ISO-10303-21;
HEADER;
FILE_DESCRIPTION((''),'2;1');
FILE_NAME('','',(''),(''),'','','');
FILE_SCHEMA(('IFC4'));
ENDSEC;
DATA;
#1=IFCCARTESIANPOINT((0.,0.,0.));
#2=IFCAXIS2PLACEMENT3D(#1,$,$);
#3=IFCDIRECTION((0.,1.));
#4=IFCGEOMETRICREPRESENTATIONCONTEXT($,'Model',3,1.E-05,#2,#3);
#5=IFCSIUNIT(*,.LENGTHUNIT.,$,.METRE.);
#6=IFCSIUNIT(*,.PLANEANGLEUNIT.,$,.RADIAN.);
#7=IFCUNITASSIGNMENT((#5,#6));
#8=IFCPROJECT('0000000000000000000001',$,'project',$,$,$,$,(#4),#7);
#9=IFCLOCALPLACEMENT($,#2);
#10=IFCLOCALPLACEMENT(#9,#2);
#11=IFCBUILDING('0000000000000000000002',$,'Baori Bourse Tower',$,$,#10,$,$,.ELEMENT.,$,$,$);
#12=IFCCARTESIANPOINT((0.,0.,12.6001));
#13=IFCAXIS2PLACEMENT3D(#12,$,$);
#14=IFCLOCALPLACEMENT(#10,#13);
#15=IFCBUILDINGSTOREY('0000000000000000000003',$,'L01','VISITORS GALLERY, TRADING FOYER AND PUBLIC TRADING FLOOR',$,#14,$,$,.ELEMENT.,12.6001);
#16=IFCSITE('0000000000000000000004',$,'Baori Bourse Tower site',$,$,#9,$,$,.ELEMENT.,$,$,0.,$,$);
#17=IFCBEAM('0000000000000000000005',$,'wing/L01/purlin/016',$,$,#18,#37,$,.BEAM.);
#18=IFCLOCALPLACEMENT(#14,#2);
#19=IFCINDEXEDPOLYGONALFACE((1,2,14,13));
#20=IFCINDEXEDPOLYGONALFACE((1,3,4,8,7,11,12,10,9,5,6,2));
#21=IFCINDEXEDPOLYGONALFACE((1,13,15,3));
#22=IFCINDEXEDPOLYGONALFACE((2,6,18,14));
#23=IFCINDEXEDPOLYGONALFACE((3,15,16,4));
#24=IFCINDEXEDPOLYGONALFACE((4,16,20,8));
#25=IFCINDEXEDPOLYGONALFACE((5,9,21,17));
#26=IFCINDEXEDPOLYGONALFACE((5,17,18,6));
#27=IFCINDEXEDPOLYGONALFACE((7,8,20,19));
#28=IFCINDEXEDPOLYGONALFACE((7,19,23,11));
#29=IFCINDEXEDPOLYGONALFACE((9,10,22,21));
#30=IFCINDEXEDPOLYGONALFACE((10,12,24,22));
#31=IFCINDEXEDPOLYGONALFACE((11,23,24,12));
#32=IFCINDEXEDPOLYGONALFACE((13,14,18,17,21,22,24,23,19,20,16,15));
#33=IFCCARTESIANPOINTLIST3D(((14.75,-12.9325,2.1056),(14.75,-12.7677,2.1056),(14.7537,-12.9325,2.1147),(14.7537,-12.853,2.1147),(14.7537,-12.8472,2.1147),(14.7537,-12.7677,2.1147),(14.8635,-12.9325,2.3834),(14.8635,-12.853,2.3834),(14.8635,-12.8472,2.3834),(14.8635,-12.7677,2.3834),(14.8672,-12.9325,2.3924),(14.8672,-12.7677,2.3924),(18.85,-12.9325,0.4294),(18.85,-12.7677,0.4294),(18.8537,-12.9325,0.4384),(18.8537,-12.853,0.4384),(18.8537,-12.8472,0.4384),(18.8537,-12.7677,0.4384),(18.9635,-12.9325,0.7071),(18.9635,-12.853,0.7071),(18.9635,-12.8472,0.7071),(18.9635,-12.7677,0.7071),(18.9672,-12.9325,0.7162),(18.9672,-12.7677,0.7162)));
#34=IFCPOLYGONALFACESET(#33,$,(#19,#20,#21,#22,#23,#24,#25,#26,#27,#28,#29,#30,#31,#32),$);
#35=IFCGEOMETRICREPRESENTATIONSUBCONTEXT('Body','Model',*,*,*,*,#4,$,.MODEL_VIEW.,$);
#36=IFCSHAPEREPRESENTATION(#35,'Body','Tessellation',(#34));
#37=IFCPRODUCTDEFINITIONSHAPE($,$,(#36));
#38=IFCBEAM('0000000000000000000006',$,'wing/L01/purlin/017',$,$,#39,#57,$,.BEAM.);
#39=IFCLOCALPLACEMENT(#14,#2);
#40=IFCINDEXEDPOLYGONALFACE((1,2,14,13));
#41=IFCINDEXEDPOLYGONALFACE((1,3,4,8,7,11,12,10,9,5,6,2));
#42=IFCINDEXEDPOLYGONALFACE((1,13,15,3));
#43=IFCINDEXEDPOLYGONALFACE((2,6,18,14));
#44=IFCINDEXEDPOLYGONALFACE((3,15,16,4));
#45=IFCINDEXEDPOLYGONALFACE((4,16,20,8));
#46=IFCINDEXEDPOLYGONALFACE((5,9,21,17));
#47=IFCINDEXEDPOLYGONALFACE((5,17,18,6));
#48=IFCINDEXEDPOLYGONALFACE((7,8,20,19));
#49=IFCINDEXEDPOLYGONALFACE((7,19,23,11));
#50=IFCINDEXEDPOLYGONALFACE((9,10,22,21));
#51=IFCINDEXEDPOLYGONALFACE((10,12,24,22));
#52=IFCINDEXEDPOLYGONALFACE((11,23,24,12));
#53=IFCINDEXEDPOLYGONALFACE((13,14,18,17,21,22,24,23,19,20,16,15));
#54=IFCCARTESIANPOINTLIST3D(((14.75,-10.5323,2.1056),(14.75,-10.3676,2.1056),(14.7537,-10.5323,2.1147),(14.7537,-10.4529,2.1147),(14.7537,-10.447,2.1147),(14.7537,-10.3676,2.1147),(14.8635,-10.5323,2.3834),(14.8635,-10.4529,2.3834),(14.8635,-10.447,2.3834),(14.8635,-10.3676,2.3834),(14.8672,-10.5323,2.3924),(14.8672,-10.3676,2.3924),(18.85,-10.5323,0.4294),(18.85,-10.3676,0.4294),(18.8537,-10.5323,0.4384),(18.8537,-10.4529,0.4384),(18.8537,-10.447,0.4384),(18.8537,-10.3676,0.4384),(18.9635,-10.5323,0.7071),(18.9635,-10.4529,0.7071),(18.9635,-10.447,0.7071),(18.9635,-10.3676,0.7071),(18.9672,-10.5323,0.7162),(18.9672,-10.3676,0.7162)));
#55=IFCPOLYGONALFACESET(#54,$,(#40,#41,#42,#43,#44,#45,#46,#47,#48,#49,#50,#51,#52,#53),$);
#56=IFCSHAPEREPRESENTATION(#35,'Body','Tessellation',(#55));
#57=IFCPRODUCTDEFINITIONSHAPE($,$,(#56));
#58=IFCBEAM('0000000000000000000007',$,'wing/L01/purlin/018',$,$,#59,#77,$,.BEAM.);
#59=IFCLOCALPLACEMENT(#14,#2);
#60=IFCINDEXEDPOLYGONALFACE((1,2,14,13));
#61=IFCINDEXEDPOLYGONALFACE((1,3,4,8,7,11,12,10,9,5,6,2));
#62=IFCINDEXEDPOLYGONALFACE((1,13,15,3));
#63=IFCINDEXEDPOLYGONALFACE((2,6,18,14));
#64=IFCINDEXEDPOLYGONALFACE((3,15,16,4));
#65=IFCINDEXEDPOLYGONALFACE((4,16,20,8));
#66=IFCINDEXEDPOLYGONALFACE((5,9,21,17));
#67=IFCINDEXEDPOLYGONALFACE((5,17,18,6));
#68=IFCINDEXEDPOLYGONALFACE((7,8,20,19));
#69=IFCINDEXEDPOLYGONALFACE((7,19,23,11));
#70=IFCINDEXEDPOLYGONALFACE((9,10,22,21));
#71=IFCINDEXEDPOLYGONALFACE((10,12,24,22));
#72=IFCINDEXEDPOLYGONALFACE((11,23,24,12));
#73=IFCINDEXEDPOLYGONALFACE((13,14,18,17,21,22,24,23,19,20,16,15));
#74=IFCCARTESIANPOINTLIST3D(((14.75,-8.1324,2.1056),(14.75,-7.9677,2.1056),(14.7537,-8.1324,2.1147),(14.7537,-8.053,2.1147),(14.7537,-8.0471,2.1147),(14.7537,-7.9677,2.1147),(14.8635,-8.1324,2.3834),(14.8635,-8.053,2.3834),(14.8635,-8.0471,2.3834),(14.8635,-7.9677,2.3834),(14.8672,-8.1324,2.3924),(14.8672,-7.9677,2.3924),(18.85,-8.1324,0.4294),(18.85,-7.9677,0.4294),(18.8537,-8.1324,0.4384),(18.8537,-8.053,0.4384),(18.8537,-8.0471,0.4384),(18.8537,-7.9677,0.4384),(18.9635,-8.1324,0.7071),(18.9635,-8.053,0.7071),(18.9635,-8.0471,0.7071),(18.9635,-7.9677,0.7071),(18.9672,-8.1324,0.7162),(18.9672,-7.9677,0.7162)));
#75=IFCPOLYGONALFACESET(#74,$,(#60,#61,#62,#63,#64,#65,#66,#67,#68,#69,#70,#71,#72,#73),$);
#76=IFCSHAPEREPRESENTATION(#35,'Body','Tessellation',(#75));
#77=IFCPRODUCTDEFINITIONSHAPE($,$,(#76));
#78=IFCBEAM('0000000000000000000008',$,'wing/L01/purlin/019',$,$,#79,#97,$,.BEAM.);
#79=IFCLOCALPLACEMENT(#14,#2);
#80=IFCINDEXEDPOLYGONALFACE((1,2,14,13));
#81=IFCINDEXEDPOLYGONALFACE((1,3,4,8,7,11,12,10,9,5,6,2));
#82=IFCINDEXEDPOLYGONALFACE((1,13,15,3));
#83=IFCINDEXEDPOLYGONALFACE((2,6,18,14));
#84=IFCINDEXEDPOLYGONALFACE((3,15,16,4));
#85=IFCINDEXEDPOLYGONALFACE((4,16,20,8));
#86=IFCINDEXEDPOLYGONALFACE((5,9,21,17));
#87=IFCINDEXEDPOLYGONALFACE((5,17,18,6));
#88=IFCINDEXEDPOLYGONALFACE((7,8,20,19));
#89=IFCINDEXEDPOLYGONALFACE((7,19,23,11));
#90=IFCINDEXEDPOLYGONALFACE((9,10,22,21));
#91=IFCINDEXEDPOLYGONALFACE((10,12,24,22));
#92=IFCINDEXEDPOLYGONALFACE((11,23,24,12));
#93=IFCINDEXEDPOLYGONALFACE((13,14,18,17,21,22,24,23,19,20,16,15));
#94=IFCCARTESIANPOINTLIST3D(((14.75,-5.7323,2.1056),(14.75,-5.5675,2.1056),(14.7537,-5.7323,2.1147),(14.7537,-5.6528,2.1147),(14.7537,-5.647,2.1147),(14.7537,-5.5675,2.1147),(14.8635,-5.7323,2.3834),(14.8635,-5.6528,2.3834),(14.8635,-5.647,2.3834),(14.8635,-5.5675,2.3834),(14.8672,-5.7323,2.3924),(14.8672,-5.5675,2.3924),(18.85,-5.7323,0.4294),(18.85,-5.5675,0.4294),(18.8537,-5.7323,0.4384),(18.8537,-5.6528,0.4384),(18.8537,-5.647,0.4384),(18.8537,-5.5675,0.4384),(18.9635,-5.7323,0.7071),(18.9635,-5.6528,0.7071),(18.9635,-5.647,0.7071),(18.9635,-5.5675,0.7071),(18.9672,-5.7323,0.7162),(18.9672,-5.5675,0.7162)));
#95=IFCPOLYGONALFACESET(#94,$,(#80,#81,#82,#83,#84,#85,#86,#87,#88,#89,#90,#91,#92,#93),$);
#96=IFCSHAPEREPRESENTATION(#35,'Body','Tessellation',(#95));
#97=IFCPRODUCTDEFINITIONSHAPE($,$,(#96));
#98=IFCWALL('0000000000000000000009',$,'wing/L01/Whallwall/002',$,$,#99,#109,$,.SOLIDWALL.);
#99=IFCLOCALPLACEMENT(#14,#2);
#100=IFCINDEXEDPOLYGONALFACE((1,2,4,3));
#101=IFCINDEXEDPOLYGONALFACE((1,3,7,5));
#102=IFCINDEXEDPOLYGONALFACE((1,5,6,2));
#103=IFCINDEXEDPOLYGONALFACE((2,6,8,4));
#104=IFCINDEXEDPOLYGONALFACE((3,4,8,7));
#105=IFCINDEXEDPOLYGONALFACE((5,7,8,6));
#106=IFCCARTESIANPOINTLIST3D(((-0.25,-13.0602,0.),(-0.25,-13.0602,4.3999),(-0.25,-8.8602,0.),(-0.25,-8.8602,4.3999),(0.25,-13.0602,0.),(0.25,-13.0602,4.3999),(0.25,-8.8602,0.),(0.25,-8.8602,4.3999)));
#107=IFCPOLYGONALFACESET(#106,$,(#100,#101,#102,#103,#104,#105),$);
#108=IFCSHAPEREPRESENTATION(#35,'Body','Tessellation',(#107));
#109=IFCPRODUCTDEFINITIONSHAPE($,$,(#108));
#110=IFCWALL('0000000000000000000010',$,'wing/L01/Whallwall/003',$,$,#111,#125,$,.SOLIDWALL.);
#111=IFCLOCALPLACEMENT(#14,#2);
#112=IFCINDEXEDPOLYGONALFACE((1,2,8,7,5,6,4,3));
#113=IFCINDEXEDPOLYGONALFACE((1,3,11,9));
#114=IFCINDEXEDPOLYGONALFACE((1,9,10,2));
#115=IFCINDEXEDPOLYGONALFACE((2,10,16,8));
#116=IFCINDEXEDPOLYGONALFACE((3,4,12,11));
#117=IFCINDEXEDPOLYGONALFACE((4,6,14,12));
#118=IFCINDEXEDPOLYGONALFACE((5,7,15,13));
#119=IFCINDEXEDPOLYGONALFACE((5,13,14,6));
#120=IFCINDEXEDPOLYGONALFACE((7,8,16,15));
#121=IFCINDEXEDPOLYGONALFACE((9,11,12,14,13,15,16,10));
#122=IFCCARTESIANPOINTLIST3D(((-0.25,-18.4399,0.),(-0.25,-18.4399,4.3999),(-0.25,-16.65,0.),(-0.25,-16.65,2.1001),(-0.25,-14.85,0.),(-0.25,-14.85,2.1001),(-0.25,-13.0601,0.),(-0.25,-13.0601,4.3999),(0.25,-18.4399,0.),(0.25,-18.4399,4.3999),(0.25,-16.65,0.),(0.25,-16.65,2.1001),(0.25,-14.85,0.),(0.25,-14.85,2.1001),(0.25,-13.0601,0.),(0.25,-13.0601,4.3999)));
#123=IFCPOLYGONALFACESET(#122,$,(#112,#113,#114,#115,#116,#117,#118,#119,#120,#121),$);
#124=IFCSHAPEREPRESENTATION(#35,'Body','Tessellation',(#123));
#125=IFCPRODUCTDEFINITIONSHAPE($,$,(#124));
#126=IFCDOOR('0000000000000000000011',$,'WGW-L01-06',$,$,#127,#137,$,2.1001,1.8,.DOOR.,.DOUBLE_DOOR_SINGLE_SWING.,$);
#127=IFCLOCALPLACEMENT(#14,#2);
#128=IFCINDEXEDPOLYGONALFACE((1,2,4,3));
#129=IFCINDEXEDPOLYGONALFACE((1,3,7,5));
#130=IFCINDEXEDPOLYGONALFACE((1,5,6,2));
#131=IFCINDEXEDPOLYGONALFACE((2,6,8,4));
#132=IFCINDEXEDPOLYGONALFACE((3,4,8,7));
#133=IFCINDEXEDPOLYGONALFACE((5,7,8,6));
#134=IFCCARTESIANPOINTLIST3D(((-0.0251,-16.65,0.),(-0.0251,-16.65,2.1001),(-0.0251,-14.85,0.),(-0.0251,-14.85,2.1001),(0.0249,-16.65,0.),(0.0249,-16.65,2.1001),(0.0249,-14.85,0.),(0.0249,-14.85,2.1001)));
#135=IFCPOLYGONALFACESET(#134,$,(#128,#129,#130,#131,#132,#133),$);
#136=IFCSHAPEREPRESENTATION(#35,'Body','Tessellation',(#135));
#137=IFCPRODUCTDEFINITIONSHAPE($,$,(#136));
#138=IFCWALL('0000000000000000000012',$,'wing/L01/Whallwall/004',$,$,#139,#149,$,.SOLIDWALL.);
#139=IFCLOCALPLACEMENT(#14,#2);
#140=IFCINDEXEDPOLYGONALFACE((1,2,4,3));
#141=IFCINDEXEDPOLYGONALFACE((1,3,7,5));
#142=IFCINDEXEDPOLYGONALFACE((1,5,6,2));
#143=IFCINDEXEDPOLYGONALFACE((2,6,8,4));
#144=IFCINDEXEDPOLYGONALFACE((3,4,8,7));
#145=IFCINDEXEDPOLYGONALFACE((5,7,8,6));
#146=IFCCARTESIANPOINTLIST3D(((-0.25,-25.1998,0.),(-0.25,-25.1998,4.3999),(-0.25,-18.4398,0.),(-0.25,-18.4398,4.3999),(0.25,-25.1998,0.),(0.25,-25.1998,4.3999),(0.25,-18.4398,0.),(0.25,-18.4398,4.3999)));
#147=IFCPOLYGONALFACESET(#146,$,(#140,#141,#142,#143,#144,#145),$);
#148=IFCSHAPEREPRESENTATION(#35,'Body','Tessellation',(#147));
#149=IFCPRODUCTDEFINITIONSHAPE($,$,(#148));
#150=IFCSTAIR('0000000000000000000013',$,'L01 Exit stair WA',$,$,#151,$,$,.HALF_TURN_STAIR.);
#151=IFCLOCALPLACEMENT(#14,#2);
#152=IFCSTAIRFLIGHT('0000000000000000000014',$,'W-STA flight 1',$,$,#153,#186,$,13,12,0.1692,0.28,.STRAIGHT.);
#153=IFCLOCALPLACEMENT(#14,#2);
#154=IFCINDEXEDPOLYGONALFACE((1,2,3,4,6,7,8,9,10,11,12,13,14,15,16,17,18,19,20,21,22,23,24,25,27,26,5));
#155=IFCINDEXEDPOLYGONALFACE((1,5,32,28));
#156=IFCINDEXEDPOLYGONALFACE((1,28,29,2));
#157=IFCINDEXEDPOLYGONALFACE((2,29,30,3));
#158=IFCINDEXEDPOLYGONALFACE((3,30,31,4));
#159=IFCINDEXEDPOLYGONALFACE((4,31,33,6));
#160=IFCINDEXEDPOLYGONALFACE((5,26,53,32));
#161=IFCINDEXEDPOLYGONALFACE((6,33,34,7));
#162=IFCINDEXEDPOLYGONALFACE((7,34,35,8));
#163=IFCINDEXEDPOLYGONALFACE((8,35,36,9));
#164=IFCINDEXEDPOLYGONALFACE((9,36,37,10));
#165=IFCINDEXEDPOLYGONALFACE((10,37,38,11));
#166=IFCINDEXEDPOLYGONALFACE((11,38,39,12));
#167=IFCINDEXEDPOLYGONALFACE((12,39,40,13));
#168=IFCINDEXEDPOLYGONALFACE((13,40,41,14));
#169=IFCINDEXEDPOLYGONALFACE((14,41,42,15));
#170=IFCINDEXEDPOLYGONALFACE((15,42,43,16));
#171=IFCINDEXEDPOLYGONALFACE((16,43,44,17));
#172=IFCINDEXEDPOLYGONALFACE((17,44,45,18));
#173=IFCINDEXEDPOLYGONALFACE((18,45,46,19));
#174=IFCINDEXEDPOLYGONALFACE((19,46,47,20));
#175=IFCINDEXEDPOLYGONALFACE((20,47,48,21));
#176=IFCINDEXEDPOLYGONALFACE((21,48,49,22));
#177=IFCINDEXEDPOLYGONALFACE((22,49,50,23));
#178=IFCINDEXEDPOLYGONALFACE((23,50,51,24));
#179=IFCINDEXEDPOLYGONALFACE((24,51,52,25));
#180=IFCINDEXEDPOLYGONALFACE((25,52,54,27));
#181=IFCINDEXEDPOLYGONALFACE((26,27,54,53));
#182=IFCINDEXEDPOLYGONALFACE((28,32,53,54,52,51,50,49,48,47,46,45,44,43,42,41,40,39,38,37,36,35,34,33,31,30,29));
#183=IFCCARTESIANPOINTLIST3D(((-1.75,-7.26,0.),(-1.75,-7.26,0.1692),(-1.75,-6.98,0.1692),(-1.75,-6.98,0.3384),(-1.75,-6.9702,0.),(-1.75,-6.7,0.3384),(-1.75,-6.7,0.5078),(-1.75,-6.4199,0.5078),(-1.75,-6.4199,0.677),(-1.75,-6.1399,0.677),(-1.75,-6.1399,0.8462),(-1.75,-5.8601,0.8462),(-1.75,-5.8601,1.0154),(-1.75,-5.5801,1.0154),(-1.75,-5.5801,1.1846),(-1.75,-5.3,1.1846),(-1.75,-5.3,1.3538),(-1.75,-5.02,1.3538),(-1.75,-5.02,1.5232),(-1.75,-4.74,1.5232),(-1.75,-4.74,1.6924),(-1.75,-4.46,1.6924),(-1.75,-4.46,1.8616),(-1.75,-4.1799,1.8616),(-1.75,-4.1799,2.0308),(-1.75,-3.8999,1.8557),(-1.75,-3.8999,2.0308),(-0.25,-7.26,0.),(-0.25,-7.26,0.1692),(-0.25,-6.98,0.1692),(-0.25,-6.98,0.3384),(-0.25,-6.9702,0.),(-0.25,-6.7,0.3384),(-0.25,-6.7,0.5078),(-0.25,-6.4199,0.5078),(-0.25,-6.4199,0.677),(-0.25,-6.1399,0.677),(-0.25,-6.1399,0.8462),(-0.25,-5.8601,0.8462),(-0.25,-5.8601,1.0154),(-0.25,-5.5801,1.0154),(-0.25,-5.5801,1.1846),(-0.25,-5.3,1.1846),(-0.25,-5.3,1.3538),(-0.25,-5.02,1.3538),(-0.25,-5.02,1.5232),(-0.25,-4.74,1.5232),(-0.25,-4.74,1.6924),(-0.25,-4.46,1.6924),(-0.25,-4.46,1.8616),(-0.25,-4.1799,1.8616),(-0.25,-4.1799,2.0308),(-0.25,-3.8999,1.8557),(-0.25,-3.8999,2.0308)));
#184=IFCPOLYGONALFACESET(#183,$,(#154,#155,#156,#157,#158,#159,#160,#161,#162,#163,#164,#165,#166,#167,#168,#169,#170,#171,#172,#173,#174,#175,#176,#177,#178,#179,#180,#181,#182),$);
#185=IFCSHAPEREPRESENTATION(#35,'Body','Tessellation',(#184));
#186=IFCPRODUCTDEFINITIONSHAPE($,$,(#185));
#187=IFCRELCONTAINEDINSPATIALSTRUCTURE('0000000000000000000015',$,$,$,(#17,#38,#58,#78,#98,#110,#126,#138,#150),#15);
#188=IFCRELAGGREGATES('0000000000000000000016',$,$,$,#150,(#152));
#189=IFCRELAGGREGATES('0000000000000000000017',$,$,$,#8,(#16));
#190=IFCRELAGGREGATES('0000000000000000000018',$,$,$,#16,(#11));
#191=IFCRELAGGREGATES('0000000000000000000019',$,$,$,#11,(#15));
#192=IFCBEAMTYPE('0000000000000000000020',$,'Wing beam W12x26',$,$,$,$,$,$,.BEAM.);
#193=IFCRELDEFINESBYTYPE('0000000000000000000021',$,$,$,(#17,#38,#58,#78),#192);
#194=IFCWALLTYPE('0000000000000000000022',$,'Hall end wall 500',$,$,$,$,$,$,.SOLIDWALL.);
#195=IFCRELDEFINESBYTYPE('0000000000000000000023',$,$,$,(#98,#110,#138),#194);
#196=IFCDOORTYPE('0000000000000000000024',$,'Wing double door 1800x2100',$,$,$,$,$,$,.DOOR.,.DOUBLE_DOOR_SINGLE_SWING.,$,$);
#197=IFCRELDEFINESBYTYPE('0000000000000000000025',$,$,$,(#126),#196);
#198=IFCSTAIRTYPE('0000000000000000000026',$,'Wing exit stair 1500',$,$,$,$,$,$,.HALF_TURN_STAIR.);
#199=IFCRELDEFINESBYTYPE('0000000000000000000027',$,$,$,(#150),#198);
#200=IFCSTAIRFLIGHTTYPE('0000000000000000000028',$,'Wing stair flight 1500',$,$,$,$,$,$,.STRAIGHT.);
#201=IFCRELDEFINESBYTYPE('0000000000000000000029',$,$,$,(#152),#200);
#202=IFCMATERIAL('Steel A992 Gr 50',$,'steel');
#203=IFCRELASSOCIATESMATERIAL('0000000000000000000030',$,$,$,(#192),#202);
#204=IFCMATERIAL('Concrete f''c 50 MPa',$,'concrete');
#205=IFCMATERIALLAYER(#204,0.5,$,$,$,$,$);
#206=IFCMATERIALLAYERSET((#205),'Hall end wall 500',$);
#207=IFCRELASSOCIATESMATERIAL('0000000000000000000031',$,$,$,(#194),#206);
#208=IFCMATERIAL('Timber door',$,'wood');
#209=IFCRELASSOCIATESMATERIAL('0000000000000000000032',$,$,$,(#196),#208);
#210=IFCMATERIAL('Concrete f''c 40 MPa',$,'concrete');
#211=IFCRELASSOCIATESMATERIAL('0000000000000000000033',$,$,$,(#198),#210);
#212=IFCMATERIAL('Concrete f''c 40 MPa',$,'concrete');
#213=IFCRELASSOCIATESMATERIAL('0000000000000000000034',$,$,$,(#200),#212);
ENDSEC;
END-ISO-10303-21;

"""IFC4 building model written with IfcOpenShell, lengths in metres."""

from ifc_helpers import new_model, si_unit, direction, frame, frame_2d, origin, origin_2d, place, context, subcontext, project, spatial, polyline, rectangle, i_section, outline, extrude, material, layer, layer_set, material_profile, profile_set, type_object, element, fill, aggregate, save


model = new_model("IFC4")

# Units and contexts
model_context = context("Model", 3, precision=1e-05, world=origin(), true_north=direction((0.0, 1.0)))
body_context = subcontext(model_context, "Body", "Model", "MODEL_VIEW")
ifc_project = project(units=[si_unit("LENGTHUNIT", "METRE"), si_unit("PLANEANGLEUNIT", "RADIAN")], contexts=[model_context])

# Site, building, storey
site_placement = place(None, origin())
site = spatial("IfcSite", under=ifc_project, at=site_placement, Name="Baori Bourse Tower site", CompositionType="ELEMENT", RefElevation=0.0)
building_placement = place(site_placement, origin())
building = spatial("IfcBuilding", under=site, at=building_placement, Name="Baori Bourse Tower", CompositionType="ELEMENT")
storey_placement = place(building_placement, frame((0.0, 0.0, 12.6001)))
storey = spatial("IfcBuildingStorey", under=building, at=storey_placement, Name="L01", Description="VISITORS GALLERY, TRADING FOYER AND PUBLIC TRADING FLOOR", CompositionType="ELEMENT", Elevation=12.6001)

# Beams
ifc_material_1 = material(Name="Steel A992 Gr 50", Category="steel")
ifc_material_profile_1 = material_profile(ifc_material_1, i_section(OverallWidth=0.1648, OverallDepth=0.3098, WebThickness=0.0059, FlangeThickness=0.0098, at=origin_2d()), Name="W12x26")
ifc_profile_set_1 = profile_set([ifc_material_profile_1], Name="Steel A992 Gr 50")
beam_type_1 = type_object("IfcBeamType", Name="Wing beam W12x26", PredefinedType="BEAM", material=ifc_profile_set_1)
for number, where, z_axis, x_axis, name in (
    (1, (14.8086, -12.8501, 2.249), (0.925629, 0.0, -0.378431), (0.0, 1.0, 0.0), "wing/L01/purlin/016"),
    (2, (14.8086, -10.45, 2.249), (0.925629, 0.0, -0.378431), (0.0, 1.0, 0.0), "wing/L01/purlin/017"),
    (3, (14.8086, -8.05, 2.249), (0.925629, 0.0, -0.378431), (0.0, 1.0, 0.0), "wing/L01/purlin/018"),
    (4, (14.8086, -5.6499, 2.249), (0.925629, 0.0, -0.378431), (0.0, 1.0, 0.0), "wing/L01/purlin/019"),
):
    element("IfcBeam", number, at=place(storey_placement, frame(where, z_axis=z_axis, x_axis=x_axis)), inside=storey, type_object=beam_type_1, Name=name, PredefinedType="BEAM", context=body_context, shape_type="SweptSolid", body=[
        extrude(i_section(OverallWidth=0.1648, OverallDepth=0.3098, WebThickness=0.0059, FlangeThickness=0.0098, at=origin_2d()), origin(), (0.0, 0.0, 1.0), 4.4294),
    ])

# Wall
ifc_material_2 = material(Name="Concrete f'c 50 MPa", Category="concrete")
ifc_layer = layer(ifc_material_2, 0.5)
ifc_layer_set = layer_set([ifc_layer], Name="Hall end wall 500")
wall_type = type_object("IfcWallType", Name="Hall end wall 500", PredefinedType="SOLIDWALL", material=ifc_layer_set)
wall_1_placement = place(storey_placement, frame((0.0, -8.8601, 0.0), z_axis=(0.0, 0.0, 1.0), x_axis=(0.0, -1.0, 0.0)))
element("IfcWall", 5, at=wall_1_placement, inside=storey, type_object=wall_type, Name="wing/L01/Whallwall/002", PredefinedType="SOLIDWALL", context=body_context, shape_type="SweptSolid", body=[
    extrude(rectangle(XDim=4.2, YDim=0.5, at=frame_2d((2.1001, 0.0))), origin(), (0.0, 0.0, 1.0), 4.3999),
])

# Wall, opening, door
wall_2_placement = place(storey_placement, frame((0.0, -13.0601, 0.0), z_axis=(0.0, 0.0, 1.0), x_axis=(0.0, -1.0, 0.0)))
wall_2 = element("IfcWall", 6, at=wall_2_placement, inside=storey, type_object=wall_type, Name="wing/L01/Whallwall/003", PredefinedType="SOLIDWALL", context=body_context, shape_type="SweptSolid", body=[
    extrude(rectangle(XDim=5.3799, YDim=0.5, at=frame_2d((2.6899, 0.0))), origin(), (0.0, 0.0, 1.0), 4.3999),
])
opening_placement = place(wall_2_placement, frame((1.79, 0.0, 0.0)))
opening = element("IfcOpeningElement", 7, at=opening_placement, cuts=wall_2, PredefinedType="OPENING", context=body_context, shape_type="SweptSolid", body=[
    extrude(rectangle(XDim=1.8, YDim=2.1001, at=frame_2d((0.8999, 1.05))), frame((0.0, 0.26, 0.0), z_axis=(0.0, -1.0, 0.0), x_axis=(1.0, 0.0, 0.0)), (0.0, 0.0, 1.0), 0.52),
])
ifc_material_3 = material(Name="Timber door", Category="wood")
door_type = type_object("IfcDoorType", Name="Wing double door 1800x2100", OperationType="DOUBLE_DOOR_SINGLE_SWING", PredefinedType="DOOR", material=ifc_material_3)
door_placement = place(opening_placement, origin())
door = element("IfcDoor", 8, at=door_placement, inside=storey, type_object=door_type, Name="WGW-L01-06", OperationType="DOUBLE_DOOR_SINGLE_SWING", OverallHeight=2.1001, OverallWidth=1.8, PredefinedType="DOOR", context=body_context, shape_type="SweptSolid", body=[
    extrude(rectangle(XDim=1.8, YDim=2.1001, at=frame_2d((0.8999, 1.05))), frame((0.0, 0.0249, 0.0), z_axis=(0.0, -1.0, 0.0), x_axis=(1.0, 0.0, 0.0)), (0.0, 0.0, 1.0), 0.05),
])
fill(opening, door)

# Wall
wall_3_placement = place(storey_placement, frame((0.0, -18.4399, 0.0), z_axis=(0.0, 0.0, 1.0), x_axis=(0.0, -1.0, 0.0)))
element("IfcWall", 9, at=wall_3_placement, inside=storey, type_object=wall_type, Name="wing/L01/Whallwall/004", PredefinedType="SOLIDWALL", context=body_context, shape_type="SweptSolid", body=[
    extrude(rectangle(XDim=6.76, YDim=0.5, at=frame_2d((3.3799, 0.0))), origin(), (0.0, 0.0, 1.0), 4.3999),
])

# Stair, stair flight
ifc_material_4 = material(Name="Concrete f'c 40 MPa", Category="concrete")
stair_type = type_object("IfcStairType", Name="Wing exit stair 1500", PredefinedType="HALF_TURN_STAIR", material=ifc_material_4)
stair_placement = place(storey_placement, origin())
stair = element("IfcStair", 10, at=stair_placement, inside=storey, type_object=stair_type, Name="L01 Exit stair WA", PredefinedType="HALF_TURN_STAIR")
ifc_material_5 = material(Name="Concrete f'c 40 MPa", Category="concrete")
stair_flight_type = type_object("IfcStairFlightType", Name="Wing stair flight 1500", PredefinedType="STRAIGHT", material=ifc_material_5)
stair_flight_placement = place(storey_placement, frame((-1.0, -7.26, 0.0), z_axis=(0.0, 0.0, 1.0), x_axis=(0.0, 1.0, 0.0)))
stair_flight = element("IfcStairFlight", 11, at=stair_flight_placement, type_object=stair_flight_type, Name="W-STA flight 1", NumberOfRisers=13, NumberOfTreads=12, PredefinedType="STRAIGHT", RiserHeight=0.1692, TreadLength=0.28, context=body_context, shape_type="SweptSolid", body=[
    extrude(outline(polyline([(0.0, 0.0), (0.0, 0.1692), (0.28, 0.1692), (0.28, 0.3384), (0.5601, 0.3384), (0.5601, 0.5078), (0.8401, 0.5078), (0.8401, 0.677), (1.1201, 0.677), (1.1201, 0.8462), (1.3999, 0.8462), (1.3999, 1.0154), (1.6799, 1.0154), (1.6799, 1.1846), (1.96, 1.1846), (1.96, 1.3538), (2.24, 1.3538), (2.24, 1.5232), (2.52, 1.5232), (2.52, 1.6924), (2.8, 1.6924), (2.8, 1.8616), (3.0801, 1.8616), (3.0801, 2.0308), (3.3601, 2.0308), (3.3601, 2.2), (3.3601, 1.8557), (0.2898, 0.0), (0.0, 0.0)])), frame((0.0, 0.75, 0.0), z_axis=(0.0, -1.0, 0.0), x_axis=(1.0, 0.0, 0.0)), (0.0, 0.0, 1.0), 1.5),
])
aggregate(stair, [stair_flight])

save(model, "model.ifc")
